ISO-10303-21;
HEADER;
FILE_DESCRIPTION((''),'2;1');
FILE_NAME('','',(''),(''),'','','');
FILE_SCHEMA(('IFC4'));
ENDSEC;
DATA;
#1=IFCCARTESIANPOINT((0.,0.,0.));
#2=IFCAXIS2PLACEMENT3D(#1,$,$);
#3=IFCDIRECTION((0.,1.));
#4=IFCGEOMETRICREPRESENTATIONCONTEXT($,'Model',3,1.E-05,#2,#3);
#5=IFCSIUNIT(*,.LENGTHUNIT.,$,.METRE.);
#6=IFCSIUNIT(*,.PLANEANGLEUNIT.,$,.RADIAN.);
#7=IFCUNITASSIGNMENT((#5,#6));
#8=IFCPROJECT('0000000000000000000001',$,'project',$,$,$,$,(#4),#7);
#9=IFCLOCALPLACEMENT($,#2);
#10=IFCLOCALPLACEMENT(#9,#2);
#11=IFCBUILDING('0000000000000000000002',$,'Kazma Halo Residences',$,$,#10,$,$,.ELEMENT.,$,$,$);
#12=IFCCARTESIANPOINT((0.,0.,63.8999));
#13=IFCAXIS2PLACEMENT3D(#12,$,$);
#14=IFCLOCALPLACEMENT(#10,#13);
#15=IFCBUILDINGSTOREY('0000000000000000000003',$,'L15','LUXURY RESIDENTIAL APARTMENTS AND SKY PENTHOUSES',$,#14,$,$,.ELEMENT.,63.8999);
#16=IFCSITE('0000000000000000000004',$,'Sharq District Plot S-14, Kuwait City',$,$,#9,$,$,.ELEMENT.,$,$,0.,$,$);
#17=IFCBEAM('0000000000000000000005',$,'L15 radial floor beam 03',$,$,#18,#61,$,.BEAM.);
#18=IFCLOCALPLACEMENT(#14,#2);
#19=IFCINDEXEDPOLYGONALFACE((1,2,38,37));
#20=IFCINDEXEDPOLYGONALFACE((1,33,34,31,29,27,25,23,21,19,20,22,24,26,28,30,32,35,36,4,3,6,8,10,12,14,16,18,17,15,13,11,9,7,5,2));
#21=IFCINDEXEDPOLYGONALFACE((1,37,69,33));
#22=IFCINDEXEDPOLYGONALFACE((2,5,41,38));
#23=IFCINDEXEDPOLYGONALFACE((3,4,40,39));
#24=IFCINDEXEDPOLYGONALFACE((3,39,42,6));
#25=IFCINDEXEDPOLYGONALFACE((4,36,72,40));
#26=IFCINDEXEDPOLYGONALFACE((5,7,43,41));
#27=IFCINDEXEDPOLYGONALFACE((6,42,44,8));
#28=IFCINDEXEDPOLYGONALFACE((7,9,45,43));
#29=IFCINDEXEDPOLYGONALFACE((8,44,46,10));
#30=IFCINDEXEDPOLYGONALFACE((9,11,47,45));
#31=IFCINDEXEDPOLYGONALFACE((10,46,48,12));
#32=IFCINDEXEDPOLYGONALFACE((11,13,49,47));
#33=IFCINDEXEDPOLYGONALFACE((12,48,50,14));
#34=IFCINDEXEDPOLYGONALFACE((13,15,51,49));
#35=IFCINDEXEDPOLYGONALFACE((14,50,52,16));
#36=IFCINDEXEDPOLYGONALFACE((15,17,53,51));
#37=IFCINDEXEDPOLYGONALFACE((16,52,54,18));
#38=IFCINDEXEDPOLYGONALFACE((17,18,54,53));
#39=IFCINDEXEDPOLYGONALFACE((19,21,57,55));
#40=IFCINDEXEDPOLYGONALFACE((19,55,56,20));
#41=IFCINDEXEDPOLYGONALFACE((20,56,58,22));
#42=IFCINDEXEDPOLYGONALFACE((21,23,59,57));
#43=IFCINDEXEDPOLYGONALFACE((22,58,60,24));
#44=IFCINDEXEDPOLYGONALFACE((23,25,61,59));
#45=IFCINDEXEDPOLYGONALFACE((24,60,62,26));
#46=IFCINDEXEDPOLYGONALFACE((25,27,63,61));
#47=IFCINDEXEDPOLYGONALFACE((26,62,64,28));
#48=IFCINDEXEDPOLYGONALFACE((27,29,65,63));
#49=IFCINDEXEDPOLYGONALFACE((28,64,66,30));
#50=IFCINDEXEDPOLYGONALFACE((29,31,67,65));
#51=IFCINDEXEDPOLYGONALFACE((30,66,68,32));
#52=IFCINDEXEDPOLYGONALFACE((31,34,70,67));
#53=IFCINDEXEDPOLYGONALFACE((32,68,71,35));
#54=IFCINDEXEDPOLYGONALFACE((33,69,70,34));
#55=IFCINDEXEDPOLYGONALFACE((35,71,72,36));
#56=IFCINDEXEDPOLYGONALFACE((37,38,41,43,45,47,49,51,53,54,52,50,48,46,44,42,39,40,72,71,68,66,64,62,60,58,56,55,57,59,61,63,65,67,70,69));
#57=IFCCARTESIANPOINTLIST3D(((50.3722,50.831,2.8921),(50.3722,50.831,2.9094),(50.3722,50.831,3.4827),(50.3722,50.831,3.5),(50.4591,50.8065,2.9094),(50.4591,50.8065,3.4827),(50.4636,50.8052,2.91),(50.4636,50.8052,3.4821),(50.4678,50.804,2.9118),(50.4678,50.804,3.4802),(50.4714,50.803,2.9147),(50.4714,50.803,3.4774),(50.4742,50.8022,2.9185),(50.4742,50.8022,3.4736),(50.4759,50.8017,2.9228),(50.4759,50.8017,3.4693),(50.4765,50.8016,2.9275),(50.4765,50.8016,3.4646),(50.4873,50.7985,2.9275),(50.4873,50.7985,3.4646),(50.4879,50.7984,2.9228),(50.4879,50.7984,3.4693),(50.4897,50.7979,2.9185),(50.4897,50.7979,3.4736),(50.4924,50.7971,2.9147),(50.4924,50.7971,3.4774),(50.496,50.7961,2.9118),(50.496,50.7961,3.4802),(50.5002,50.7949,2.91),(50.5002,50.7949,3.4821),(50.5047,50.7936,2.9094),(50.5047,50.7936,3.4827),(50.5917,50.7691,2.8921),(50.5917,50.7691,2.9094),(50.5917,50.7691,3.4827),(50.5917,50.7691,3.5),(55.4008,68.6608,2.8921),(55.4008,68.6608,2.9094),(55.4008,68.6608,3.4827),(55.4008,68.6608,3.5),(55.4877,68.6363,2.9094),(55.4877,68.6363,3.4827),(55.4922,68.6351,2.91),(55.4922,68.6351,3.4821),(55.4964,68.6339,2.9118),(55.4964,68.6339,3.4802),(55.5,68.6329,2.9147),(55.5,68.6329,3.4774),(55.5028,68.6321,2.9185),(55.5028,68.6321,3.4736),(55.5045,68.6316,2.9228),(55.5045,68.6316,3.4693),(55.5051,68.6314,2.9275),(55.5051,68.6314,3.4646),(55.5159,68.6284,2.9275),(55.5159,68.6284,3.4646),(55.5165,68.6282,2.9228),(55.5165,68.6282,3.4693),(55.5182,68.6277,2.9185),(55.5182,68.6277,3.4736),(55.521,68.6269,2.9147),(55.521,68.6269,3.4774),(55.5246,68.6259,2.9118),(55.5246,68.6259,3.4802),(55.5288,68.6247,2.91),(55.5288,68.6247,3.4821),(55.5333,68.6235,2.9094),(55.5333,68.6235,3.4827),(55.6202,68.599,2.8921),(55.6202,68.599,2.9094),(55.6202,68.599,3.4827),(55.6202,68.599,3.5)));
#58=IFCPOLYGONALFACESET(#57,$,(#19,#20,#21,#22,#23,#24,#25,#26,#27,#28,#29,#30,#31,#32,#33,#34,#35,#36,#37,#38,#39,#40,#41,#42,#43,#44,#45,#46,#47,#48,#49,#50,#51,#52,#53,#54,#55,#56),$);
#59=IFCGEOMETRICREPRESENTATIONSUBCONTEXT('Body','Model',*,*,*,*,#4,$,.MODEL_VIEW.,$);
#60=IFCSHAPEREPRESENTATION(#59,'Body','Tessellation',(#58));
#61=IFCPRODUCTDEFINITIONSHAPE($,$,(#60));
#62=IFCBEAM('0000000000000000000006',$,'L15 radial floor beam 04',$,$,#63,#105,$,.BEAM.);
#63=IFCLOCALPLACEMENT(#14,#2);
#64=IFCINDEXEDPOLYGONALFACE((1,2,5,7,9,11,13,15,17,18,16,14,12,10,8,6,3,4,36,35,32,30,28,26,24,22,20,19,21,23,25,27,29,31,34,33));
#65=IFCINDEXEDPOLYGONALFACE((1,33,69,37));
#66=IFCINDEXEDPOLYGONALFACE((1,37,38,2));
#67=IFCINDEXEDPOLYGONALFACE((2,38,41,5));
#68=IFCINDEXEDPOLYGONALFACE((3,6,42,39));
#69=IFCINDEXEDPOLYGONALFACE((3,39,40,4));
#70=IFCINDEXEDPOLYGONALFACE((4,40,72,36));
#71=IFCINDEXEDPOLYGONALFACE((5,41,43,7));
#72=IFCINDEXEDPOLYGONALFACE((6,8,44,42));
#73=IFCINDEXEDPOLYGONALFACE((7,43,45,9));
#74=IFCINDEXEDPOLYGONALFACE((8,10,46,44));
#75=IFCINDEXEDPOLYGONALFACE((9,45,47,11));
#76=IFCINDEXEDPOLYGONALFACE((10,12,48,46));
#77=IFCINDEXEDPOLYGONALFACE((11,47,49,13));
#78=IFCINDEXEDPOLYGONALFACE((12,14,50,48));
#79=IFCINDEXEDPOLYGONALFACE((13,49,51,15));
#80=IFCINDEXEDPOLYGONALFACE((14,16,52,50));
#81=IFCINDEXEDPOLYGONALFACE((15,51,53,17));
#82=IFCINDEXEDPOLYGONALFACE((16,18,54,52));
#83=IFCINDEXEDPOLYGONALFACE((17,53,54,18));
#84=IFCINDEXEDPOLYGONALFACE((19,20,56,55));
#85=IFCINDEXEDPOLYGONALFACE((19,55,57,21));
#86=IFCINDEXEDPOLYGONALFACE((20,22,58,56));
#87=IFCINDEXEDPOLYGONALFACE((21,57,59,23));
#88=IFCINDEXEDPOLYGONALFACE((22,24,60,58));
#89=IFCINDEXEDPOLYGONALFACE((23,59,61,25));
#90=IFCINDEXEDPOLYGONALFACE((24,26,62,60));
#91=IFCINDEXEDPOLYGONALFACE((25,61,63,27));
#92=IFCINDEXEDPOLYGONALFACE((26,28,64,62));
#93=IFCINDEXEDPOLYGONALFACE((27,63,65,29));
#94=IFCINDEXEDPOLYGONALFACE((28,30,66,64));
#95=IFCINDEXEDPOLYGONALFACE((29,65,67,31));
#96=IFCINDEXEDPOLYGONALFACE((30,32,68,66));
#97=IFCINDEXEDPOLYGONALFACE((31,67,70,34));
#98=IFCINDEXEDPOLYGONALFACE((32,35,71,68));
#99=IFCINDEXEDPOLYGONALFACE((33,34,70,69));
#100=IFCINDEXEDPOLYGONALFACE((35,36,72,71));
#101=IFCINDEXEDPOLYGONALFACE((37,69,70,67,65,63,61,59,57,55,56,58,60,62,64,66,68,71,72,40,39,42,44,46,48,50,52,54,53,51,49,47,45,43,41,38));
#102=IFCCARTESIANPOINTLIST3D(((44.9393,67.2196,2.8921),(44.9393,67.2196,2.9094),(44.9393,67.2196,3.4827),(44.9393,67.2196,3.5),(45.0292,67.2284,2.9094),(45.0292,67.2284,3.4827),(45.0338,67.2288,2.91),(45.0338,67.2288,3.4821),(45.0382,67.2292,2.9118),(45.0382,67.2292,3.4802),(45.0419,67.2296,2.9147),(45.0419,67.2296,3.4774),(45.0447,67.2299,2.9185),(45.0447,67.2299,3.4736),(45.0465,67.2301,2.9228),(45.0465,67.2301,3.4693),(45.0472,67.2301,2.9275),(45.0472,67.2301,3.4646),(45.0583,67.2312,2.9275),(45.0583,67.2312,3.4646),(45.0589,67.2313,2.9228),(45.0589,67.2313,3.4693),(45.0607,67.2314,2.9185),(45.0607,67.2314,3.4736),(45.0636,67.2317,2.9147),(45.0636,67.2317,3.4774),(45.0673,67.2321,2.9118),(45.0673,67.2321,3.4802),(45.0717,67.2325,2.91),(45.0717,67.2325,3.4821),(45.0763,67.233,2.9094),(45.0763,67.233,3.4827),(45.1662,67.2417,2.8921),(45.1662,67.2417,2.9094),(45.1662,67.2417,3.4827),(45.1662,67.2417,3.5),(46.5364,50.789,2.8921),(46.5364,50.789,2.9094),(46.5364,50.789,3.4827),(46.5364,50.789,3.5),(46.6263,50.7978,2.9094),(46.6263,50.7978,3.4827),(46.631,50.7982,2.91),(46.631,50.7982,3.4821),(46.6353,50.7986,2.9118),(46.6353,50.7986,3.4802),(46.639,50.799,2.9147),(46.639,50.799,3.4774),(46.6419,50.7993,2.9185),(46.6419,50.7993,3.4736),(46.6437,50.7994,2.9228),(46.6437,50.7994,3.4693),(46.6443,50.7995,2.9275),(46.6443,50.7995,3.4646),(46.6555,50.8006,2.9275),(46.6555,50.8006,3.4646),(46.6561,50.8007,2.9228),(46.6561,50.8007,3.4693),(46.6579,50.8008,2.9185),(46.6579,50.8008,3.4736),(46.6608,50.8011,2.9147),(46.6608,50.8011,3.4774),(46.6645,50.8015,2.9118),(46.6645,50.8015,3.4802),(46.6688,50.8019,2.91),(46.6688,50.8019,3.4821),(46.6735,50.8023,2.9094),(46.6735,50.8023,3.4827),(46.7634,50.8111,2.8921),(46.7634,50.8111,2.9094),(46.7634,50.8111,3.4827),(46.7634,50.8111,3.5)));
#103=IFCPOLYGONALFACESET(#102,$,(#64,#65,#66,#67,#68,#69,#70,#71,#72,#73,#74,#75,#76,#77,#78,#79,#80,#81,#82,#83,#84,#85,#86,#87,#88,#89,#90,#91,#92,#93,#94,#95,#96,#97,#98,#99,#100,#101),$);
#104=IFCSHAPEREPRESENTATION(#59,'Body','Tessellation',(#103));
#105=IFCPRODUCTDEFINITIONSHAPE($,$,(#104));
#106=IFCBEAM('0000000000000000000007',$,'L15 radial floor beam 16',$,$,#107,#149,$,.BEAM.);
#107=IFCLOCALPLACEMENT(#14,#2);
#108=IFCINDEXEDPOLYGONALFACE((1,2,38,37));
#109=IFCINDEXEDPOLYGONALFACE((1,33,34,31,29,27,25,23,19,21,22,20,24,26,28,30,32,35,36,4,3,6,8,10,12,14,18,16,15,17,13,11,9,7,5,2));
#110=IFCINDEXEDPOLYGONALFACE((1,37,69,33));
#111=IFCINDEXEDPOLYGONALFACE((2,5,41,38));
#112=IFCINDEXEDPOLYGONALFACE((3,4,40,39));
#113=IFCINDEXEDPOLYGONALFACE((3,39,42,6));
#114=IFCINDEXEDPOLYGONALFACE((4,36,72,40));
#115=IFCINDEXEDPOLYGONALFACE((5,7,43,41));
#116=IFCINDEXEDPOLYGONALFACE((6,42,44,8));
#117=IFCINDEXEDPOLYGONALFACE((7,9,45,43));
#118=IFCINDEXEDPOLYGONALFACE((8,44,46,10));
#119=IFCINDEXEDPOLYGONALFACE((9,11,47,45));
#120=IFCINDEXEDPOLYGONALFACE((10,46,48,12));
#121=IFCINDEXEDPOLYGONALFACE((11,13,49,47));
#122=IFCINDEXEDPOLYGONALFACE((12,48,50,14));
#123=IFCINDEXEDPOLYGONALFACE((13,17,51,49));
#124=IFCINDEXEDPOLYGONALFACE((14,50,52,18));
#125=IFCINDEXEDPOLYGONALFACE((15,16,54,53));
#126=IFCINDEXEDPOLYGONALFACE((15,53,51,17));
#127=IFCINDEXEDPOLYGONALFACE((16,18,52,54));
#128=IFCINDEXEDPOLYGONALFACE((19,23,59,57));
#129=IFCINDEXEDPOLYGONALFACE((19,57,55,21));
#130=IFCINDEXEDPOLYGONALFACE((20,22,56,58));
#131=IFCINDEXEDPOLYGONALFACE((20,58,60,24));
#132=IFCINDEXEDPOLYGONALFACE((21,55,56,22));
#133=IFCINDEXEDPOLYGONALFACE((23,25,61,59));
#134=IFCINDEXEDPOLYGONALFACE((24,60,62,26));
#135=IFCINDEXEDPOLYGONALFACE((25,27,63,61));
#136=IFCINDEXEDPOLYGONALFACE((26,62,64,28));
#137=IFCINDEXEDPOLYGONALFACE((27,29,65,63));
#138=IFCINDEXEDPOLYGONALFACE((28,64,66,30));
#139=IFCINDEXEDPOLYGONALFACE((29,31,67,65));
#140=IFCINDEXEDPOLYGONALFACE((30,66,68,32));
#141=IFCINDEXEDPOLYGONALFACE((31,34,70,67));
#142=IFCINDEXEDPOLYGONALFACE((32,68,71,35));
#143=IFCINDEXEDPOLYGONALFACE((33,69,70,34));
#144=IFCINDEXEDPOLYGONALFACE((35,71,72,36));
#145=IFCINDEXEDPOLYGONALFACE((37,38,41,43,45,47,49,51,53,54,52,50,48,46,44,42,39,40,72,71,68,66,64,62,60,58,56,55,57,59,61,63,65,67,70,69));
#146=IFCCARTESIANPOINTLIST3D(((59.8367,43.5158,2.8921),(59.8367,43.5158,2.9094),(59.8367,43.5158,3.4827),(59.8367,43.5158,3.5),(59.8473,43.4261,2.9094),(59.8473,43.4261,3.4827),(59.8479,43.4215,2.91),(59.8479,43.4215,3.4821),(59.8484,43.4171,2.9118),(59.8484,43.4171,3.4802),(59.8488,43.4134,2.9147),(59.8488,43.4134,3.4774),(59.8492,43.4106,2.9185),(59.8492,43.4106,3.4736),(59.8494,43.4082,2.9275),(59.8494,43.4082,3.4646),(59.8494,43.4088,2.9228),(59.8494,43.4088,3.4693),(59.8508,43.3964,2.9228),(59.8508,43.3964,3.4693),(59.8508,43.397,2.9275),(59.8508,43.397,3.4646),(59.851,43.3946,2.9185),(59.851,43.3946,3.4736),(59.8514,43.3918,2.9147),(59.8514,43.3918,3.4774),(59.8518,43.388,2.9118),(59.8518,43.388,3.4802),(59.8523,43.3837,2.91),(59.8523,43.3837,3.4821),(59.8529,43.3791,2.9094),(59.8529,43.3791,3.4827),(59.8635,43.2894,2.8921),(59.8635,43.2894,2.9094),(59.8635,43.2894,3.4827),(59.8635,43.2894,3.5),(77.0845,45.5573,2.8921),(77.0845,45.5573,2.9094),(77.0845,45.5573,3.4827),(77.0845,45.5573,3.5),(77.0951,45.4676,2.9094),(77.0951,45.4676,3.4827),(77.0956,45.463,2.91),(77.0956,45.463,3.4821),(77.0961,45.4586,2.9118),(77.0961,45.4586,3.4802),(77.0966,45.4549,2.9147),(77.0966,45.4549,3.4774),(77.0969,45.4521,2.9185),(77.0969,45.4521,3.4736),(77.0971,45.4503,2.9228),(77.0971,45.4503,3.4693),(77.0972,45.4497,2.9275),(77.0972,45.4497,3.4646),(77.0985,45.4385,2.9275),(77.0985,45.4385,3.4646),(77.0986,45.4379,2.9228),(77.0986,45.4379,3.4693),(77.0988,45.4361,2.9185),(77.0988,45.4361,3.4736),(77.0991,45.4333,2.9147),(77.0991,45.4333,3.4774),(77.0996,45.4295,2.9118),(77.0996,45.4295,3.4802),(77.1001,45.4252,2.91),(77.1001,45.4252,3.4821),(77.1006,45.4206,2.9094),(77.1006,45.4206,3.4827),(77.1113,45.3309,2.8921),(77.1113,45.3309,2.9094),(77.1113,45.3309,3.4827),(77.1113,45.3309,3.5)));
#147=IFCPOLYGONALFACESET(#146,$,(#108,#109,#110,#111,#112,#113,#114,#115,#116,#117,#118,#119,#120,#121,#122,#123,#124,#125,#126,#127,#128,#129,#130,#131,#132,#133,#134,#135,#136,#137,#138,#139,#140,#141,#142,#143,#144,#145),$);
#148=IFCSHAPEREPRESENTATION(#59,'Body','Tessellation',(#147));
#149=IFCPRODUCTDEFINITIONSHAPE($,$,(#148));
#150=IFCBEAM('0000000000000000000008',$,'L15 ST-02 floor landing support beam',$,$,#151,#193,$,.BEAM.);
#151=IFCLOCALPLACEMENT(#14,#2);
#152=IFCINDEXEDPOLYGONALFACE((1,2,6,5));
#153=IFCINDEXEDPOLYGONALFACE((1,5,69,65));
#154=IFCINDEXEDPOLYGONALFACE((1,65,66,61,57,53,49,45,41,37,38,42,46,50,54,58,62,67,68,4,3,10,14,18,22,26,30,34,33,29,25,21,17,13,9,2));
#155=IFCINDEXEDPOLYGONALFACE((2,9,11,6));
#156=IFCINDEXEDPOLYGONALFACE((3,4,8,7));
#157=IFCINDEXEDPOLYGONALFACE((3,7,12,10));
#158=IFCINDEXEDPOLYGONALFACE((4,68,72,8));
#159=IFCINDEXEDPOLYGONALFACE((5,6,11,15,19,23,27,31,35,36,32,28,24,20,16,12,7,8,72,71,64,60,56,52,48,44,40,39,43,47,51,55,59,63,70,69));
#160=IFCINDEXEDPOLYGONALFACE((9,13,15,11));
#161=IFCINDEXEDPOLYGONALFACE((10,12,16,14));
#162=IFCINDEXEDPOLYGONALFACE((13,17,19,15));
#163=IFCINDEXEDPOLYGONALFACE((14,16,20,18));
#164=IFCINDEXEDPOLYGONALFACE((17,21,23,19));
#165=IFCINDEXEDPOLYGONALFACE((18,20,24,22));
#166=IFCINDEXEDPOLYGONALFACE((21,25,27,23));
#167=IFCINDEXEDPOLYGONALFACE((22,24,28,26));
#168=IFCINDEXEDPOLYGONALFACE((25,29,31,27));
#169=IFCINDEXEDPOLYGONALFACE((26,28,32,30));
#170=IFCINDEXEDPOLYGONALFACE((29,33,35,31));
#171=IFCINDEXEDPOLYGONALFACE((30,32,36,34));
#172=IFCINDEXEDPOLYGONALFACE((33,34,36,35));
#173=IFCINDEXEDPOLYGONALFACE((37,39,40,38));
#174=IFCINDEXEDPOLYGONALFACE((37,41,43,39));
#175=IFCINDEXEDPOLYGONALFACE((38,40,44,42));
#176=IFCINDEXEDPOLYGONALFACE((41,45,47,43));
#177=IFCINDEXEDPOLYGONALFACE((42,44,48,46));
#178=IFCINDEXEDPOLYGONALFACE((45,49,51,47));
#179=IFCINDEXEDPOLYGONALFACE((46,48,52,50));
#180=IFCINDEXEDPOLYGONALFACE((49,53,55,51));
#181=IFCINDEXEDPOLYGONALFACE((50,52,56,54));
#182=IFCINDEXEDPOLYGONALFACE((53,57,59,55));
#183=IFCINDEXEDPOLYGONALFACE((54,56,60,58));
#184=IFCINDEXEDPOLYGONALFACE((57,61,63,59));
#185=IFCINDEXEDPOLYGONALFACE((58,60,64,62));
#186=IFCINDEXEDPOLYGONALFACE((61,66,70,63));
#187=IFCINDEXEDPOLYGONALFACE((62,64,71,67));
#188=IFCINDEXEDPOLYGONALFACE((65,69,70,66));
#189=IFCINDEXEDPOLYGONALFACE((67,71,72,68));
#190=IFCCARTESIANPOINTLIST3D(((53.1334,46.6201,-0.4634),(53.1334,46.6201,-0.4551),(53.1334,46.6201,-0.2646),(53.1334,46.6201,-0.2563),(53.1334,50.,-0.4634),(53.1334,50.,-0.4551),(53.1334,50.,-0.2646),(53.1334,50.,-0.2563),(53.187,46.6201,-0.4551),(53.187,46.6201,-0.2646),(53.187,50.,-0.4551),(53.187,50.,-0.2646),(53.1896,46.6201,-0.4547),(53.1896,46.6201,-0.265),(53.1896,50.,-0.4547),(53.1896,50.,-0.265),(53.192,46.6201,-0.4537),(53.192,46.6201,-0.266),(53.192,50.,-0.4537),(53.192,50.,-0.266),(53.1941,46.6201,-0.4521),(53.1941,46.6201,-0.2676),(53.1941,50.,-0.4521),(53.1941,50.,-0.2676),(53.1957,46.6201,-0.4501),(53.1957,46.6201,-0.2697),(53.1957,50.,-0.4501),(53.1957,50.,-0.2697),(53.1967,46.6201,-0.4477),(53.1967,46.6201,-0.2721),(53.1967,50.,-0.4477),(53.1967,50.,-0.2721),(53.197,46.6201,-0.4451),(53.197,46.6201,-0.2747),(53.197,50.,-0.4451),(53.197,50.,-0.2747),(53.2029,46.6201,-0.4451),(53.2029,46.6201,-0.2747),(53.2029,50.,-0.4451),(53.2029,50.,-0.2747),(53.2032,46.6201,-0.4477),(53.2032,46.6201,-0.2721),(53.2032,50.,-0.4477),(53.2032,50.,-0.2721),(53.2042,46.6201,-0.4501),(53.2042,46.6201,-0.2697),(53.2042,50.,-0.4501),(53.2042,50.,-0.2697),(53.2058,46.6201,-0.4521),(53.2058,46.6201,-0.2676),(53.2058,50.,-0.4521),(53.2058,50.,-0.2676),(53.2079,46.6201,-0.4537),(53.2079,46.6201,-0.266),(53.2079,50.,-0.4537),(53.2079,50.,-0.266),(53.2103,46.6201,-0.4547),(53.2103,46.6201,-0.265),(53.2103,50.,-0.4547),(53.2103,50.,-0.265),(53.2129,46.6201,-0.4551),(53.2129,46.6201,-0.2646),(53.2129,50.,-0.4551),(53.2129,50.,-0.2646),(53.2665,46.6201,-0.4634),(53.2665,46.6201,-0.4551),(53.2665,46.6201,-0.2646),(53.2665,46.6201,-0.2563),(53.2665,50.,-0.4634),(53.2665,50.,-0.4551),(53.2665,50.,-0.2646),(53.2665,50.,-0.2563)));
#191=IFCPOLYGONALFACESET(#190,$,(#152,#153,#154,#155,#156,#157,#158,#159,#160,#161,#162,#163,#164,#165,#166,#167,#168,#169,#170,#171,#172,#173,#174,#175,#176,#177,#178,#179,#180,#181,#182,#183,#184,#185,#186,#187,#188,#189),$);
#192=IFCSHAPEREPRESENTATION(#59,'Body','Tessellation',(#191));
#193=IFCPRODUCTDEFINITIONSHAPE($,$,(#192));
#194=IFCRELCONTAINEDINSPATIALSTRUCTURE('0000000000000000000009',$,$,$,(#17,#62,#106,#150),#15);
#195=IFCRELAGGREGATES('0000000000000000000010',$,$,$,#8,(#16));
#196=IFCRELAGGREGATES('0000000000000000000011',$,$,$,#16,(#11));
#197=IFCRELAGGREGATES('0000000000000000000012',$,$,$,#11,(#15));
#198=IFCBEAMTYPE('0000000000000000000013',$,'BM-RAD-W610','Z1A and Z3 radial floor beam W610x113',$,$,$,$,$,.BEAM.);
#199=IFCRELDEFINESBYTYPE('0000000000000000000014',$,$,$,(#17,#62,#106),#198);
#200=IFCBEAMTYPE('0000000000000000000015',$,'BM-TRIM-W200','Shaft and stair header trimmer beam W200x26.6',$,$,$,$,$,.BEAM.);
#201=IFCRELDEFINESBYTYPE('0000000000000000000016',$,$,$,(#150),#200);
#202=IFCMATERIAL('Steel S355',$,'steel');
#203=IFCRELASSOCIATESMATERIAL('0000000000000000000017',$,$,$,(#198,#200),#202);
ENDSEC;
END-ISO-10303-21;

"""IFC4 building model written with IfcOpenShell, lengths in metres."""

from ifc_helpers import new_model, si_unit, direction, frame, origin, origin_2d, place, context, subcontext, project, spatial, i_section, extrude, material, material_profile, profile_set, type_object, element, save


model = new_model("IFC4")

# Units and contexts
model_context = context("Model", 3, precision=1e-05, world=origin(), true_north=direction((0.0, 1.0)))
body_context = subcontext(model_context, "Body", "Model", "MODEL_VIEW")
ifc_project = project(units=[si_unit("LENGTHUNIT", "METRE"), si_unit("PLANEANGLEUNIT", "RADIAN")], contexts=[model_context])

# Site, building, storey
site_placement = place(None, origin())
site = spatial("IfcSite", under=ifc_project, at=site_placement, Name="Sharq District Plot S-14, Kuwait City", CompositionType="ELEMENT", RefElevation=0.0)
building_placement = place(site_placement, origin())
building = spatial("IfcBuilding", under=site, at=building_placement, Name="Kazma Halo Residences", CompositionType="ELEMENT")
storey_placement = place(building_placement, frame((0.0, 0.0, 63.8999)))
storey = spatial("IfcBuildingStorey", under=building, at=storey_placement, Name="L15", Description="LUXURY RESIDENTIAL APARTMENTS AND SKY PENTHOUSES", CompositionType="ELEMENT", Elevation=63.8999)

# Shared definitions
ifc_material_1 = material(Name="Steel S355", Category="steel")

# Beams
ifc_material_profile_1 = material_profile(ifc_material_1, i_section(OverallWidth=0.228, OverallDepth=0.6079, WebThickness=0.0112, FlangeThickness=0.0173, FilletRadius=0.0181, at=origin_2d()), Name="W610x113")
ifc_profile_set_1 = profile_set([ifc_material_profile_1], Name="Steel S355")
beam_type_1 = type_object("IfcBeamType", Name="BM-RAD-W610", Description="Z1A and Z3 radial floor beam W610x113", PredefinedType="BEAM", material=ifc_profile_set_1)
beam_1_placement = place(storey_placement, frame((50.4819, 50.8, 3.196), z_axis=(0.271442, 0.962455, 0.0), x_axis=(-0.962455, 0.271442, 0.0)))
element("IfcBeam", 1, at=beam_1_placement, inside=storey, type_object=beam_type_1, Name="L15 radial floor beam 03", PredefinedType="BEAM", context=body_context, shape_type="SweptSolid", body=[
    extrude(i_section(OverallWidth=0.228, OverallDepth=0.6079, WebThickness=0.0112, FlangeThickness=0.0173, FilletRadius=0.0181, at=origin_2d()), origin(), (0.0, 0.0, 1.0), 18.5254),
])
beam_2_placement = place(storey_placement, frame((46.6499, 50.8, 3.196), z_axis=(-0.096751, 0.995309, 0.0), x_axis=(-0.995309, -0.096751, 0.0)))
element("IfcBeam", 2, at=beam_2_placement, inside=storey, type_object=beam_type_1, Name="L15 radial floor beam 04", PredefinedType="BEAM", context=body_context, shape_type="SweptSolid", body=[
    extrude(i_section(OverallWidth=0.228, OverallDepth=0.6079, WebThickness=0.0112, FlangeThickness=0.0173, FilletRadius=0.0181, at=origin_2d()), origin(), (0.0, 0.0, 1.0), 16.5081),
])
beam_3_placement = place(storey_placement, frame((59.8501, 43.4026, 3.196), z_axis=(0.993068, 0.117543, 0.0), x_axis=(-0.117543, 0.993068, 0.0)))
element("IfcBeam", 3, at=beam_3_placement, inside=storey, type_object=beam_type_1, Name="L15 radial floor beam 16", PredefinedType="BEAM", context=body_context, shape_type="SweptSolid", body=[
    extrude(i_section(OverallWidth=0.228, OverallDepth=0.6079, WebThickness=0.0112, FlangeThickness=0.0173, FilletRadius=0.0181, at=origin_2d()), origin(), (0.0, 0.0, 1.0), 17.3682),
])
ifc_material_profile_2 = material_profile(ifc_material_1, i_section(OverallWidth=0.1331, OverallDepth=0.207, WebThickness=0.0059, FlangeThickness=0.0083, FilletRadius=0.01, at=origin_2d()), Name="W200x26.6")
ifc_profile_set_2 = profile_set([ifc_material_profile_2], Name="Steel S355")
beam_type_2 = type_object("IfcBeamType", Name="BM-TRIM-W200", Description="Shaft and stair header trimmer beam W200x26.6", PredefinedType="BEAM", material=ifc_profile_set_2)
beam_4_placement = place(storey_placement, frame((53.2, 46.6201, -0.3599), z_axis=(0.0, 1.0, 0.0), x_axis=(-1.0, 0.0, 0.0)))
element("IfcBeam", 4, at=beam_4_placement, inside=storey, type_object=beam_type_2, Name="L15 ST-02 floor landing support beam", PredefinedType="BEAM", context=body_context, shape_type="SweptSolid", body=[
    extrude(i_section(OverallWidth=0.1331, OverallDepth=0.207, WebThickness=0.0059, FlangeThickness=0.0083, FilletRadius=0.01, at=origin_2d()), origin(), (0.0, 0.0, 1.0), 3.3799),
])

save(model, "model.ifc")
